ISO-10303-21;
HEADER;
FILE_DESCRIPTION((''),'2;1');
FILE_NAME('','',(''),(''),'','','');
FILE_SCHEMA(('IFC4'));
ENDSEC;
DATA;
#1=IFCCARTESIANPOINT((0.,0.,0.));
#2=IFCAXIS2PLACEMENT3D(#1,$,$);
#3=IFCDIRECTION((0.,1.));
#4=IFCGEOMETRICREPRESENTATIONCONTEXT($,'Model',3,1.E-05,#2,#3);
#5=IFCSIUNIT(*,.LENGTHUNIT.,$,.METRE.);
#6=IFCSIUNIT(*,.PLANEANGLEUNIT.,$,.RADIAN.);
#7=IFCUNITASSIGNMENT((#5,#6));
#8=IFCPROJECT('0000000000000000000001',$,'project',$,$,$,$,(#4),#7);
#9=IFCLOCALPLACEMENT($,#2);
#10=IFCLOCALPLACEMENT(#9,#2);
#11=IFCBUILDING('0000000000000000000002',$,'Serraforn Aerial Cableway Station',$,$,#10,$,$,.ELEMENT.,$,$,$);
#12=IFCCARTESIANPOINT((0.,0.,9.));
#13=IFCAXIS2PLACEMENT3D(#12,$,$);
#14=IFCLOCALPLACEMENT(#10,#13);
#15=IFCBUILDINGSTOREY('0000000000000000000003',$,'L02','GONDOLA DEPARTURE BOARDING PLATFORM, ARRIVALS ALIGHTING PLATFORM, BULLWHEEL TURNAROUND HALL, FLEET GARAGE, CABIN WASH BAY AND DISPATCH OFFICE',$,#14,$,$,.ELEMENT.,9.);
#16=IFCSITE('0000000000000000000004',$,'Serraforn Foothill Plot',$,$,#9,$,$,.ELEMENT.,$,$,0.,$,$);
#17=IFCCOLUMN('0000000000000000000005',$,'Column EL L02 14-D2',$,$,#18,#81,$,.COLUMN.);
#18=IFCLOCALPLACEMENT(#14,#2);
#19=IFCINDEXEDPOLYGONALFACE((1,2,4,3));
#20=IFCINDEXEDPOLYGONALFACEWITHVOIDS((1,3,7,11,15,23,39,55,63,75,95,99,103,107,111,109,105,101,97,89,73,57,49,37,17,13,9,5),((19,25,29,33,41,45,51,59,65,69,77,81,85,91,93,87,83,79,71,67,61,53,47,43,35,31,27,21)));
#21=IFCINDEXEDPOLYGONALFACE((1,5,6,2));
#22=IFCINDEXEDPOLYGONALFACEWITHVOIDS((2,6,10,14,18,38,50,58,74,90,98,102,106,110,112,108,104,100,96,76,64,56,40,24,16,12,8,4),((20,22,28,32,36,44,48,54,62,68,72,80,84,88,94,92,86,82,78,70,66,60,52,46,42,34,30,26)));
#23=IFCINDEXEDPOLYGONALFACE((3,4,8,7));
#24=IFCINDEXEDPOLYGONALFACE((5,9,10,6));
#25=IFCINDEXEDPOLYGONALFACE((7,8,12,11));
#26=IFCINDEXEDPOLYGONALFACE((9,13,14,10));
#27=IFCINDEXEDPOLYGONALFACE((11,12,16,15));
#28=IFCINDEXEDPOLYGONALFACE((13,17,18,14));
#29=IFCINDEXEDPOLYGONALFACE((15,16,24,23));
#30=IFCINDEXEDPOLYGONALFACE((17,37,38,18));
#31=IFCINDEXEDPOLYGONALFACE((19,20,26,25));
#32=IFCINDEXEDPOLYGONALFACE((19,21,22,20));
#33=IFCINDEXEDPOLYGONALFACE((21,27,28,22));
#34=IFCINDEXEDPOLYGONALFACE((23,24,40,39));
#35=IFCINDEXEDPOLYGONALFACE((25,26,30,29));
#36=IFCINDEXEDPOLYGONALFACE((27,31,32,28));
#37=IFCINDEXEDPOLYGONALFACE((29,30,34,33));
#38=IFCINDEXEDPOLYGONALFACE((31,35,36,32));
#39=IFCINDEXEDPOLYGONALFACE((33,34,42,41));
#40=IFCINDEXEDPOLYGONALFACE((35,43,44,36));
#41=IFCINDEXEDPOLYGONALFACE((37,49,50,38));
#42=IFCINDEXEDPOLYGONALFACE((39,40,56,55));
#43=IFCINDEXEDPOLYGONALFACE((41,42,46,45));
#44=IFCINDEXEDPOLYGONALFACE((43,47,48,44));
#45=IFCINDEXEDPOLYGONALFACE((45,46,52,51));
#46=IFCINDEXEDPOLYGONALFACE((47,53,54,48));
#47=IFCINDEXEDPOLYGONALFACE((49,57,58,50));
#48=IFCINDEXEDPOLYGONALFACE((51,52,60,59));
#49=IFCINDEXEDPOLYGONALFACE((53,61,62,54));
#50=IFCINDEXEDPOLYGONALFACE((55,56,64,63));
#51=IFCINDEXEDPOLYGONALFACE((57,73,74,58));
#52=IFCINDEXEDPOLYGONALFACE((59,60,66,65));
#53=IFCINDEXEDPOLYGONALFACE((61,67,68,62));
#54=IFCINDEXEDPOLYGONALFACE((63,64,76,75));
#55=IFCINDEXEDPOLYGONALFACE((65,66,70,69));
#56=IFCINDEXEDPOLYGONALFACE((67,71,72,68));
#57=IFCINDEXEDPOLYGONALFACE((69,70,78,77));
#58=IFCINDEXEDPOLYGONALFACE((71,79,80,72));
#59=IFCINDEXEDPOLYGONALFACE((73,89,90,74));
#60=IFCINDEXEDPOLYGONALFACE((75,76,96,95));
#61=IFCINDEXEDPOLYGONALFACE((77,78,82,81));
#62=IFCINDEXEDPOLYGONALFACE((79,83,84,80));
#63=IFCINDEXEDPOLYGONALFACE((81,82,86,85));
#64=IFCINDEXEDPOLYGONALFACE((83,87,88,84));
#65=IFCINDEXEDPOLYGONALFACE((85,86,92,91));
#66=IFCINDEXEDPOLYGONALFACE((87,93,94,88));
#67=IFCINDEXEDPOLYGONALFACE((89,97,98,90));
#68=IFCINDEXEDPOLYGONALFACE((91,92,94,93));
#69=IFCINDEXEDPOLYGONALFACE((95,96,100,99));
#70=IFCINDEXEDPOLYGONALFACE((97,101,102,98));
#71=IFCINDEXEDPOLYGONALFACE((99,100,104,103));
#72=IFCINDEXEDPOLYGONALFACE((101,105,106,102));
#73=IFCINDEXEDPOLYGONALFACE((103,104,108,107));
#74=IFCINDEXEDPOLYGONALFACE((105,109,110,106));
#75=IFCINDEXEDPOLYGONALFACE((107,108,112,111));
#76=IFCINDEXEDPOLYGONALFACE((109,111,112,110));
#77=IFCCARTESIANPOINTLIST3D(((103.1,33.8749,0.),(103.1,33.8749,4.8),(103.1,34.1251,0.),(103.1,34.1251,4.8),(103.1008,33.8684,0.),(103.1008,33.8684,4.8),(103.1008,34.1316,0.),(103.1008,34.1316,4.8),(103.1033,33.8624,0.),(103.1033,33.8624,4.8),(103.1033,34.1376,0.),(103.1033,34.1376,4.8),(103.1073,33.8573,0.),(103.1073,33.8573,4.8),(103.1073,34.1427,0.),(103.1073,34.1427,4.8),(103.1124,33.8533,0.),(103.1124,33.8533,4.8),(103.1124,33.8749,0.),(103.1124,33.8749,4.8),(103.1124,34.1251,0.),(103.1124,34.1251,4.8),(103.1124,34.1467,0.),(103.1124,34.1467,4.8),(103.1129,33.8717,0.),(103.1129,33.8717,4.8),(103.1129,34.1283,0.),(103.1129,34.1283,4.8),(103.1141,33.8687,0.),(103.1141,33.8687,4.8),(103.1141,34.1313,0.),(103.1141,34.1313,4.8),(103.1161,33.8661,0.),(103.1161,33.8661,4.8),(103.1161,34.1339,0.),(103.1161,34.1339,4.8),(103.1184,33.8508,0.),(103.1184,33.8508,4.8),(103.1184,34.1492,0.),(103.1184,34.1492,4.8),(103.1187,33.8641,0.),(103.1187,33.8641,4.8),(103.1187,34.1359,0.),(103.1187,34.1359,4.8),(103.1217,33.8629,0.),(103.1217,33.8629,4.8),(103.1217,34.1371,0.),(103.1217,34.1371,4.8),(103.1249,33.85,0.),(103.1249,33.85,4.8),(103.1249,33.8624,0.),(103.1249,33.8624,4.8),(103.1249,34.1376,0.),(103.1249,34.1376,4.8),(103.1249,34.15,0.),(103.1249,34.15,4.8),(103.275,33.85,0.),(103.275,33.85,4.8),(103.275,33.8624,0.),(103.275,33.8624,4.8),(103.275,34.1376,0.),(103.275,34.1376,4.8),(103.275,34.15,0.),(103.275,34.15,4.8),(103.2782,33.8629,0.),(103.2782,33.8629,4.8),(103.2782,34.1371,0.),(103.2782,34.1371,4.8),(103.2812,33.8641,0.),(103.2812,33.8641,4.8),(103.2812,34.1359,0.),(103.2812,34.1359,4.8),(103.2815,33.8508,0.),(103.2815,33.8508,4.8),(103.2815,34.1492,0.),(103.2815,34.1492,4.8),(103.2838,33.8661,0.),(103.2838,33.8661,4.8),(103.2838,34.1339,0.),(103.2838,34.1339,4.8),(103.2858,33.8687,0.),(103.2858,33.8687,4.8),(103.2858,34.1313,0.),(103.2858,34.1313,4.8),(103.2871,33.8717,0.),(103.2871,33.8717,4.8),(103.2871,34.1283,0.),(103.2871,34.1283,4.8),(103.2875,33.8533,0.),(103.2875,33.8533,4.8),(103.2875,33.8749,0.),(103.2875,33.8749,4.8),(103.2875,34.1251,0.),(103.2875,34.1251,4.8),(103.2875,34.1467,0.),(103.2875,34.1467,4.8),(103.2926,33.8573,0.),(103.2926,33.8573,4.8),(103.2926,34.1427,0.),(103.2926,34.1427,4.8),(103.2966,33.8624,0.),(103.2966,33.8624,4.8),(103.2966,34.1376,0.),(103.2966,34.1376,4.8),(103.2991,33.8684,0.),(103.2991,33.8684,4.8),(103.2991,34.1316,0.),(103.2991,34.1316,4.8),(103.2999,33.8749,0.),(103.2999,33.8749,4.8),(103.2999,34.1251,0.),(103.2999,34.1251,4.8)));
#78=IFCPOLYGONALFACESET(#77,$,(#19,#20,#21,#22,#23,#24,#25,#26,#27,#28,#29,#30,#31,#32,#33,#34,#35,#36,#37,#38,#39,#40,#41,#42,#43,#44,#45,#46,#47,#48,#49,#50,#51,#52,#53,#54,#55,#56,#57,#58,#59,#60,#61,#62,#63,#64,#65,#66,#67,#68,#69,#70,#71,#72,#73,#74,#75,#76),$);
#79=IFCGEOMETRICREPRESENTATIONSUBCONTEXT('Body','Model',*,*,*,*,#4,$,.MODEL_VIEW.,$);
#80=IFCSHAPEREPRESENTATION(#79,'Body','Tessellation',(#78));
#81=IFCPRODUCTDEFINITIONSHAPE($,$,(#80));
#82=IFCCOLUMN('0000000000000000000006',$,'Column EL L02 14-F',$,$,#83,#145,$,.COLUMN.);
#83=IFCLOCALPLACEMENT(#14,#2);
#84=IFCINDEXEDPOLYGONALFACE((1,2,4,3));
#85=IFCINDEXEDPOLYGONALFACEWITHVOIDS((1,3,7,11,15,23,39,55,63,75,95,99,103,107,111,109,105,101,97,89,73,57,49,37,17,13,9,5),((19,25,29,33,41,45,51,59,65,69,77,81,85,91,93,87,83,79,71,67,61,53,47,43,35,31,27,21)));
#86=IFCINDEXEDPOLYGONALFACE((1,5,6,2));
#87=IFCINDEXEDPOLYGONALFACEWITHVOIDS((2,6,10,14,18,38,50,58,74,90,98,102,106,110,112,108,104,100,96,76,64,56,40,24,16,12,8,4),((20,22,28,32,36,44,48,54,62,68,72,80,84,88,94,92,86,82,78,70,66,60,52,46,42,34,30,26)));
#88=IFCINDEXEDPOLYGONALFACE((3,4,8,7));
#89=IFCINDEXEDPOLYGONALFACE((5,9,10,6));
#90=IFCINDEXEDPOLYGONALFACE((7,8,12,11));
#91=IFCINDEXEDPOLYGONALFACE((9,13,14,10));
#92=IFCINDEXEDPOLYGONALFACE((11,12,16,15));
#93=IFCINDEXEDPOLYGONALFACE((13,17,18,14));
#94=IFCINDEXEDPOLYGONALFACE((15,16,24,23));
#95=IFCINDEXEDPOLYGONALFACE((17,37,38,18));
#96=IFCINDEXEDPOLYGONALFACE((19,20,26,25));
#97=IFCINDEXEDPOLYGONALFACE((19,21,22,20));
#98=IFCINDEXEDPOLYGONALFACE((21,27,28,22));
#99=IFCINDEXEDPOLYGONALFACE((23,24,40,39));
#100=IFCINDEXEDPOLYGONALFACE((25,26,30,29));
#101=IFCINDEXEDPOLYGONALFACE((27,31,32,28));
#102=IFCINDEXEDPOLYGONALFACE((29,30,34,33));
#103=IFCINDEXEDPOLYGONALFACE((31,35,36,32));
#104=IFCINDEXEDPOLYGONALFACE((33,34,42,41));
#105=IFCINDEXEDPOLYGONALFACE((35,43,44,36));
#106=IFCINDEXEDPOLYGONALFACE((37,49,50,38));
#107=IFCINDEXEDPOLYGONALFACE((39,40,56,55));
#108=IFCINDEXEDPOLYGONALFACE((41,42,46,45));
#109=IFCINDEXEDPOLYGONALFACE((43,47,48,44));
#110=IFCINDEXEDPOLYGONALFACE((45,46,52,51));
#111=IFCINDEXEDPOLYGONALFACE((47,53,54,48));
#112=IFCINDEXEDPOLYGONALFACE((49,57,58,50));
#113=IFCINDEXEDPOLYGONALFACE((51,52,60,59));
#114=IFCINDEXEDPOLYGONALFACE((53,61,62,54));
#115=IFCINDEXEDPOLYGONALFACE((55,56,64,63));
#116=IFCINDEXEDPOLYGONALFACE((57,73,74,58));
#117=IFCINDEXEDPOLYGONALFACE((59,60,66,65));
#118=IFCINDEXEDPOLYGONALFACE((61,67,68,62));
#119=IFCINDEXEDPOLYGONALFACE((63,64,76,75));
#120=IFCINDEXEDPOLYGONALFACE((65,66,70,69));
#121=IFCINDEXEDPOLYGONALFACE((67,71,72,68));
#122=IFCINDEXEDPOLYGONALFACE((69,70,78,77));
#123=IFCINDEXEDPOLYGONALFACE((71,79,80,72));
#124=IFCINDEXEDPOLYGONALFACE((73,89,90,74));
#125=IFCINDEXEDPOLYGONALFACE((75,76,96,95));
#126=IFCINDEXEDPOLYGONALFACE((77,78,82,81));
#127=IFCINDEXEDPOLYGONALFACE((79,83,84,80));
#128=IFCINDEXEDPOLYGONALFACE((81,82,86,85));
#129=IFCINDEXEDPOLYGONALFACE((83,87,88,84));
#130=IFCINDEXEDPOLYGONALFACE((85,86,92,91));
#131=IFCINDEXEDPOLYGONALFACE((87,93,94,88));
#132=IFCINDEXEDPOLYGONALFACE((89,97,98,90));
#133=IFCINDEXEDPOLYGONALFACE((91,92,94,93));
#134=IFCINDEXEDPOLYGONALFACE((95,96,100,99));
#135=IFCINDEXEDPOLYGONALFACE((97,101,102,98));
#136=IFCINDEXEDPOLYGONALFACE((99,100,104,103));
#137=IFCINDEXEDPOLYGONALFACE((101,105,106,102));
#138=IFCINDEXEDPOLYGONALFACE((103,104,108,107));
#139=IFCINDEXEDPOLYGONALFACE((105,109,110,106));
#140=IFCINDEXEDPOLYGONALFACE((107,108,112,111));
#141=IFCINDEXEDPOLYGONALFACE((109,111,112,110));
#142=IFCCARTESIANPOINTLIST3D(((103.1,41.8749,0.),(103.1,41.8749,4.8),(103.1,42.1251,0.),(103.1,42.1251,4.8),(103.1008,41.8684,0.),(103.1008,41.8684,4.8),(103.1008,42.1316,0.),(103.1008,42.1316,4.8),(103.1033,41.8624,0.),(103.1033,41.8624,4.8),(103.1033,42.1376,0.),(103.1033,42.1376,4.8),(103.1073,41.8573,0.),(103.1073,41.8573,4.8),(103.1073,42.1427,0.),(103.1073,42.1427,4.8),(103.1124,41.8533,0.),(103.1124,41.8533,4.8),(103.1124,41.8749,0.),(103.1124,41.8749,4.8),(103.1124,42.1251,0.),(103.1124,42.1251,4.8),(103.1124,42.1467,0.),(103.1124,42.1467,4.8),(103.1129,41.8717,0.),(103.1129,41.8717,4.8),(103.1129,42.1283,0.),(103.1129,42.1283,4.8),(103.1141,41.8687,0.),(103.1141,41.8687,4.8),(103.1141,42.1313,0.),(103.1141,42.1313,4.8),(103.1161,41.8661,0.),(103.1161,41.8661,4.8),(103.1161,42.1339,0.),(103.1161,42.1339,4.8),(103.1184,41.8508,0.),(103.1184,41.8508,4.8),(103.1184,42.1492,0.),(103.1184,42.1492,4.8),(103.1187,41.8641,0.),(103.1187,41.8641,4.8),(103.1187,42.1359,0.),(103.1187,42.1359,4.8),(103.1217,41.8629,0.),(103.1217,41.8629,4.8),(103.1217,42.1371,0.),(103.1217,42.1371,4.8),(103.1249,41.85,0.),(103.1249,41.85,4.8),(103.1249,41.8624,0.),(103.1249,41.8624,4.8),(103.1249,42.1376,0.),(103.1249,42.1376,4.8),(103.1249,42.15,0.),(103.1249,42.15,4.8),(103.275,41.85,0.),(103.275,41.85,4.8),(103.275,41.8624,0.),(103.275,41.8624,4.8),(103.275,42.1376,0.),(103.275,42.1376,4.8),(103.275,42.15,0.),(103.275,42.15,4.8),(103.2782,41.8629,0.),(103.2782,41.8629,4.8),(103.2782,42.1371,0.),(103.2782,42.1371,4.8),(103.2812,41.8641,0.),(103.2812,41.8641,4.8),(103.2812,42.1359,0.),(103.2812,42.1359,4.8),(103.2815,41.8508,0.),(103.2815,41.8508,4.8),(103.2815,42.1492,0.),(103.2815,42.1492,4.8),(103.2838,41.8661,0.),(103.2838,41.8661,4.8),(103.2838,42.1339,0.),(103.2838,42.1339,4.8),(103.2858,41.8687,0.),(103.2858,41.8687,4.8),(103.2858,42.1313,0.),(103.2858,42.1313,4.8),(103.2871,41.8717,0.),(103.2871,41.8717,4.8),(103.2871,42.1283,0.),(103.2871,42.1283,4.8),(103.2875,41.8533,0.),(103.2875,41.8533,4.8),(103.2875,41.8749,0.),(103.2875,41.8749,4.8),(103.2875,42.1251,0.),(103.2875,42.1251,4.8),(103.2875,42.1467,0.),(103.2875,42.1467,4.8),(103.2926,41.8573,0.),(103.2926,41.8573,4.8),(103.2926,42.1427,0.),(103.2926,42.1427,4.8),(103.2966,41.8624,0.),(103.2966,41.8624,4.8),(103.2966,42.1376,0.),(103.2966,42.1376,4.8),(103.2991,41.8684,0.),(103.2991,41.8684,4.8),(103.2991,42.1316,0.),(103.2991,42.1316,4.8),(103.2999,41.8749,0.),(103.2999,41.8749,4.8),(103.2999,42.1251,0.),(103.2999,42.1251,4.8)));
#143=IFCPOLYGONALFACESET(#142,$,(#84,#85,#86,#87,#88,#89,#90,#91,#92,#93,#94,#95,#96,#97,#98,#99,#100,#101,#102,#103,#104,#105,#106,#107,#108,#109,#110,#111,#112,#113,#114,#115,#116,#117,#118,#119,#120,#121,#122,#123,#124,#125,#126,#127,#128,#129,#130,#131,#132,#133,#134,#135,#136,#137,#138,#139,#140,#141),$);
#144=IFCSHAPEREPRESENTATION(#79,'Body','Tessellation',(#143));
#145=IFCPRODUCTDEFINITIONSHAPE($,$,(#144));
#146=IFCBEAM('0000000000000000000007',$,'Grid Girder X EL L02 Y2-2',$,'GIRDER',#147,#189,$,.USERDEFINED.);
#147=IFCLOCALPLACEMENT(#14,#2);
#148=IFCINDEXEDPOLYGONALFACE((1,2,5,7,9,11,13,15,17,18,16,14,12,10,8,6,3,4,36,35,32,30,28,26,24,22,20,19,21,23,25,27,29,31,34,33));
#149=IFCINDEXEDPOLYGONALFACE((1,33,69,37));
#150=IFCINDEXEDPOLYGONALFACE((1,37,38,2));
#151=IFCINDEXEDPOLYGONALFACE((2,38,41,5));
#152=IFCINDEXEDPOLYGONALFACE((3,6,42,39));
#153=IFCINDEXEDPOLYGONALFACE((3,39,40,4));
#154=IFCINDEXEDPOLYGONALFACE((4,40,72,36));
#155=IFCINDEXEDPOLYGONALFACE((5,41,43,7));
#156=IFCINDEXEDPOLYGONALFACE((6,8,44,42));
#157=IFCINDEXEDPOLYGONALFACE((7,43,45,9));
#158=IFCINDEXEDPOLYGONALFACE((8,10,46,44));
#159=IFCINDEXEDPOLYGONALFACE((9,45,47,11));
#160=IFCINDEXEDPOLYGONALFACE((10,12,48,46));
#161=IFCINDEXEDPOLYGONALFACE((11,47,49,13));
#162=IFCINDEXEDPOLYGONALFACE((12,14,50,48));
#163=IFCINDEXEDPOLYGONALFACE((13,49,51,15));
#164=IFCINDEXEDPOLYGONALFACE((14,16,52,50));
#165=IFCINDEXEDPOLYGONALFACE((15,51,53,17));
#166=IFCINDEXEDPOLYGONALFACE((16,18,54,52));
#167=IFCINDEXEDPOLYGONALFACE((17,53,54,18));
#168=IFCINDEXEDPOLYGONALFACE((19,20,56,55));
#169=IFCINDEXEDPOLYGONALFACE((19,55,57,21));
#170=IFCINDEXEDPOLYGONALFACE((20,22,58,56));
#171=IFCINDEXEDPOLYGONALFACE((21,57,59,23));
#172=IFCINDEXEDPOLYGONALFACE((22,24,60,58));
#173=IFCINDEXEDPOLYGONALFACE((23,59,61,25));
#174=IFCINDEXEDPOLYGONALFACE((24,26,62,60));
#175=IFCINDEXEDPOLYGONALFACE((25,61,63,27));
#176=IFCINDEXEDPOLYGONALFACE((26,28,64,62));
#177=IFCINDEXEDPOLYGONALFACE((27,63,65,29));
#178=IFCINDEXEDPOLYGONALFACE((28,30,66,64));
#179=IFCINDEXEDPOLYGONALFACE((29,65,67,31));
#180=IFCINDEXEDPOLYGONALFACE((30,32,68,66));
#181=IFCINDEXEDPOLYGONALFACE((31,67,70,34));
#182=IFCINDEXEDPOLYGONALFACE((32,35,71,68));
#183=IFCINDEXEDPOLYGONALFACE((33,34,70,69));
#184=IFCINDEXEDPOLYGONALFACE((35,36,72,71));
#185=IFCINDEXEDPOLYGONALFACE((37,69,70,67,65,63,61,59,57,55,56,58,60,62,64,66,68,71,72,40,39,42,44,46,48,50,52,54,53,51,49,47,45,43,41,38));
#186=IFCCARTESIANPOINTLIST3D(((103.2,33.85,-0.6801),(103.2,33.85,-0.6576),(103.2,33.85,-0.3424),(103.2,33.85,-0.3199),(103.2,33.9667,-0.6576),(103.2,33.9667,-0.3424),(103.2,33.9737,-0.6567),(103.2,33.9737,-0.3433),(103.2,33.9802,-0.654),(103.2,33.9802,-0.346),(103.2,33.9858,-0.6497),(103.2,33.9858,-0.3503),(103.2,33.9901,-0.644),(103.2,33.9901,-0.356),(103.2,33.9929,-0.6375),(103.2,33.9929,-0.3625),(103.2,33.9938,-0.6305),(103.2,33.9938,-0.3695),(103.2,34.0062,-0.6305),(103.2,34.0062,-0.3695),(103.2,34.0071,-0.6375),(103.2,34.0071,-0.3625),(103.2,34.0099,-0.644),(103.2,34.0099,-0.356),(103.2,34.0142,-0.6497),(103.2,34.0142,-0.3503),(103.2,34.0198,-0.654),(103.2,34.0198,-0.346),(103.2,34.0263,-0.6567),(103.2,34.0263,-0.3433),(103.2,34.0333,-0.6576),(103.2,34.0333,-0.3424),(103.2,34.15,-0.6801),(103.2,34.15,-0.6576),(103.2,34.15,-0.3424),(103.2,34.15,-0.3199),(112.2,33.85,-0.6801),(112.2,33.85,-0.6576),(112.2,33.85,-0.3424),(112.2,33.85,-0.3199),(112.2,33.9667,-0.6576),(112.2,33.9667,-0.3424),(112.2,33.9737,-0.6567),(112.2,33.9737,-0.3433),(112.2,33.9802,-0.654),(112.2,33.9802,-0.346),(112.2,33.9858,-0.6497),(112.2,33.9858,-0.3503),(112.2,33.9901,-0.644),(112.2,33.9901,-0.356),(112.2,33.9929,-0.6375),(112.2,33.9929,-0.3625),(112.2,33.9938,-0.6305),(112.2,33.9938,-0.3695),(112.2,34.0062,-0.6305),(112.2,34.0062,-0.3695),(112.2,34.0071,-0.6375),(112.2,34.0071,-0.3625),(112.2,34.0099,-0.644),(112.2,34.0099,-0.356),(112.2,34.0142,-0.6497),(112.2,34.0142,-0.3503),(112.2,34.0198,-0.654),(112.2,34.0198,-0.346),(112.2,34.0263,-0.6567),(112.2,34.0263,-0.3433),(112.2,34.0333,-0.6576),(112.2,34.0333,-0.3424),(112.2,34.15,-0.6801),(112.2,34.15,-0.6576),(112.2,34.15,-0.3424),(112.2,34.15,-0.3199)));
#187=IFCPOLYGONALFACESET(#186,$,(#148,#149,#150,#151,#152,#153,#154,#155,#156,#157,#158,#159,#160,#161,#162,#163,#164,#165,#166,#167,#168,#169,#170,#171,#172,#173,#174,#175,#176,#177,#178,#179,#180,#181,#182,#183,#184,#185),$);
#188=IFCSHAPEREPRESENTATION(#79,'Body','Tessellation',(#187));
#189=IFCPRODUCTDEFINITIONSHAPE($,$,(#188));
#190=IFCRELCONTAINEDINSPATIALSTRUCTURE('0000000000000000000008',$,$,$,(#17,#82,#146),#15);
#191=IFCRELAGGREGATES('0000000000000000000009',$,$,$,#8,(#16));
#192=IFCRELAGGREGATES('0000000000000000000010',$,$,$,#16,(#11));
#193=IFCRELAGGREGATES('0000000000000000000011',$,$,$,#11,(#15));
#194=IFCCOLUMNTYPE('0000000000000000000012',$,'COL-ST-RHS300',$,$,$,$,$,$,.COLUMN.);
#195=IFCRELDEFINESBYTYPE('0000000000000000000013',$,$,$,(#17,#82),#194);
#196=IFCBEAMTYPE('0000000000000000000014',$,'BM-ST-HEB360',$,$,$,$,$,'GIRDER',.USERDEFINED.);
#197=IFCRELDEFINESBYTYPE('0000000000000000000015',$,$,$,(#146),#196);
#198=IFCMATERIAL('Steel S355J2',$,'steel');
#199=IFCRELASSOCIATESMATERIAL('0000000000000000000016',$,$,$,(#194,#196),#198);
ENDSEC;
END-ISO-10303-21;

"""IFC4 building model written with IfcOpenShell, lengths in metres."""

from ifc_helpers import new_model, si_unit, direction, frame, origin, origin_2d, place, context, subcontext, project, spatial, hollow_rectangle, i_section, extrude, material, material_profile, profile_set, type_object, element, save


model = new_model("IFC4")

# Units and contexts
model_context = context("Model", 3, precision=1e-05, world=origin(), true_north=direction((0.0, 1.0)))
body_context = subcontext(model_context, "Body", "Model", "MODEL_VIEW")
ifc_project = project(units=[si_unit("LENGTHUNIT", "METRE"), si_unit("PLANEANGLEUNIT", "RADIAN")], contexts=[model_context])

# Site, building, storey
site_placement = place(None, origin())
site = spatial("IfcSite", under=ifc_project, at=site_placement, Name="Serraforn Foothill Plot", CompositionType="ELEMENT", RefElevation=0.0)
building_placement = place(site_placement, origin())
building = spatial("IfcBuilding", under=site, at=building_placement, Name="Serraforn Aerial Cableway Station", CompositionType="ELEMENT")
storey_placement = place(building_placement, frame((0.0, 0.0, 9.0)))
storey = spatial("IfcBuildingStorey", under=building, at=storey_placement, Name="L02", Description="GONDOLA DEPARTURE BOARDING PLATFORM, ARRIVALS ALIGHTING PLATFORM, BULLWHEEL TURNAROUND HALL, FLEET GARAGE, CABIN WASH BAY AND DISPATCH OFFICE", CompositionType="ELEMENT", Elevation=9.0)

# Columns
ifc_material_1 = material(Name="Steel S355J2", Category="steel")
ifc_material_profile_1 = material_profile(ifc_material_1, hollow_rectangle(XDim=0.2, YDim=0.3, WallThickness=0.0125, InnerFilletRadius=0.0125, OuterFilletRadius=0.0249, at=origin_2d()), Name="RHS 300x200x12.5")
ifc_profile_set_1 = profile_set([ifc_material_profile_1], Name="Steel S355J2")
column_type = type_object("IfcColumnType", Name="COL-ST-RHS300", PredefinedType="COLUMN", material=ifc_profile_set_1)
for number, where, z_axis, x_axis, name in (
    (1, (103.2, 34.0, 0.0), (0.0, 0.0, 1.0), (1.0, 0.0, 0.0), "Column EL L02 14-D2"),
    (2, (103.2, 42.0, 0.0), (0.0, 0.0, 1.0), (1.0, 0.0, 0.0), "Column EL L02 14-F"),
):
    element("IfcColumn", number, at=place(storey_placement, frame(where, z_axis=z_axis, x_axis=x_axis)), inside=storey, type_object=column_type, Name=name, PredefinedType="COLUMN", context=body_context, shape_type="SweptSolid", body=[
        extrude(hollow_rectangle(XDim=0.2, YDim=0.3, WallThickness=0.0125, InnerFilletRadius=0.0125, OuterFilletRadius=0.0249, at=origin_2d()), origin(), (0.0, 0.0, 1.0), 4.8),
    ])

# Beam
ifc_material_profile_2 = material_profile(ifc_material_1, i_section(OverallWidth=0.3, OverallDepth=0.3601, WebThickness=0.0125, FlangeThickness=0.0225, FilletRadius=0.0271, at=origin_2d()), Name="HEB 360")
ifc_profile_set_2 = profile_set([ifc_material_profile_2], Name="Steel S355J2")
beam_type_1 = type_object("IfcBeamType", Name="BM-ST-HEB360", ElementType="GIRDER", PredefinedType="USERDEFINED", material=ifc_profile_set_2)
beam_1_placement = place(storey_placement, frame((103.2, 34.0, -0.5), z_axis=(1.0, 0.0, 0.0), x_axis=(0.0, 1.0, 0.0)))
element("IfcBeam", 3, at=beam_1_placement, inside=storey, type_object=beam_type_1, Name="Grid Girder X EL L02 Y2-2", ObjectType="GIRDER", PredefinedType="USERDEFINED", context=body_context, shape_type="SweptSolid", body=[
    extrude(i_section(OverallWidth=0.3, OverallDepth=0.3601, WebThickness=0.0125, FlangeThickness=0.0225, FilletRadius=0.0271, at=origin_2d()), origin(), (0.0, 0.0, 1.0), 9.0),
])

save(model, "model.ifc")
